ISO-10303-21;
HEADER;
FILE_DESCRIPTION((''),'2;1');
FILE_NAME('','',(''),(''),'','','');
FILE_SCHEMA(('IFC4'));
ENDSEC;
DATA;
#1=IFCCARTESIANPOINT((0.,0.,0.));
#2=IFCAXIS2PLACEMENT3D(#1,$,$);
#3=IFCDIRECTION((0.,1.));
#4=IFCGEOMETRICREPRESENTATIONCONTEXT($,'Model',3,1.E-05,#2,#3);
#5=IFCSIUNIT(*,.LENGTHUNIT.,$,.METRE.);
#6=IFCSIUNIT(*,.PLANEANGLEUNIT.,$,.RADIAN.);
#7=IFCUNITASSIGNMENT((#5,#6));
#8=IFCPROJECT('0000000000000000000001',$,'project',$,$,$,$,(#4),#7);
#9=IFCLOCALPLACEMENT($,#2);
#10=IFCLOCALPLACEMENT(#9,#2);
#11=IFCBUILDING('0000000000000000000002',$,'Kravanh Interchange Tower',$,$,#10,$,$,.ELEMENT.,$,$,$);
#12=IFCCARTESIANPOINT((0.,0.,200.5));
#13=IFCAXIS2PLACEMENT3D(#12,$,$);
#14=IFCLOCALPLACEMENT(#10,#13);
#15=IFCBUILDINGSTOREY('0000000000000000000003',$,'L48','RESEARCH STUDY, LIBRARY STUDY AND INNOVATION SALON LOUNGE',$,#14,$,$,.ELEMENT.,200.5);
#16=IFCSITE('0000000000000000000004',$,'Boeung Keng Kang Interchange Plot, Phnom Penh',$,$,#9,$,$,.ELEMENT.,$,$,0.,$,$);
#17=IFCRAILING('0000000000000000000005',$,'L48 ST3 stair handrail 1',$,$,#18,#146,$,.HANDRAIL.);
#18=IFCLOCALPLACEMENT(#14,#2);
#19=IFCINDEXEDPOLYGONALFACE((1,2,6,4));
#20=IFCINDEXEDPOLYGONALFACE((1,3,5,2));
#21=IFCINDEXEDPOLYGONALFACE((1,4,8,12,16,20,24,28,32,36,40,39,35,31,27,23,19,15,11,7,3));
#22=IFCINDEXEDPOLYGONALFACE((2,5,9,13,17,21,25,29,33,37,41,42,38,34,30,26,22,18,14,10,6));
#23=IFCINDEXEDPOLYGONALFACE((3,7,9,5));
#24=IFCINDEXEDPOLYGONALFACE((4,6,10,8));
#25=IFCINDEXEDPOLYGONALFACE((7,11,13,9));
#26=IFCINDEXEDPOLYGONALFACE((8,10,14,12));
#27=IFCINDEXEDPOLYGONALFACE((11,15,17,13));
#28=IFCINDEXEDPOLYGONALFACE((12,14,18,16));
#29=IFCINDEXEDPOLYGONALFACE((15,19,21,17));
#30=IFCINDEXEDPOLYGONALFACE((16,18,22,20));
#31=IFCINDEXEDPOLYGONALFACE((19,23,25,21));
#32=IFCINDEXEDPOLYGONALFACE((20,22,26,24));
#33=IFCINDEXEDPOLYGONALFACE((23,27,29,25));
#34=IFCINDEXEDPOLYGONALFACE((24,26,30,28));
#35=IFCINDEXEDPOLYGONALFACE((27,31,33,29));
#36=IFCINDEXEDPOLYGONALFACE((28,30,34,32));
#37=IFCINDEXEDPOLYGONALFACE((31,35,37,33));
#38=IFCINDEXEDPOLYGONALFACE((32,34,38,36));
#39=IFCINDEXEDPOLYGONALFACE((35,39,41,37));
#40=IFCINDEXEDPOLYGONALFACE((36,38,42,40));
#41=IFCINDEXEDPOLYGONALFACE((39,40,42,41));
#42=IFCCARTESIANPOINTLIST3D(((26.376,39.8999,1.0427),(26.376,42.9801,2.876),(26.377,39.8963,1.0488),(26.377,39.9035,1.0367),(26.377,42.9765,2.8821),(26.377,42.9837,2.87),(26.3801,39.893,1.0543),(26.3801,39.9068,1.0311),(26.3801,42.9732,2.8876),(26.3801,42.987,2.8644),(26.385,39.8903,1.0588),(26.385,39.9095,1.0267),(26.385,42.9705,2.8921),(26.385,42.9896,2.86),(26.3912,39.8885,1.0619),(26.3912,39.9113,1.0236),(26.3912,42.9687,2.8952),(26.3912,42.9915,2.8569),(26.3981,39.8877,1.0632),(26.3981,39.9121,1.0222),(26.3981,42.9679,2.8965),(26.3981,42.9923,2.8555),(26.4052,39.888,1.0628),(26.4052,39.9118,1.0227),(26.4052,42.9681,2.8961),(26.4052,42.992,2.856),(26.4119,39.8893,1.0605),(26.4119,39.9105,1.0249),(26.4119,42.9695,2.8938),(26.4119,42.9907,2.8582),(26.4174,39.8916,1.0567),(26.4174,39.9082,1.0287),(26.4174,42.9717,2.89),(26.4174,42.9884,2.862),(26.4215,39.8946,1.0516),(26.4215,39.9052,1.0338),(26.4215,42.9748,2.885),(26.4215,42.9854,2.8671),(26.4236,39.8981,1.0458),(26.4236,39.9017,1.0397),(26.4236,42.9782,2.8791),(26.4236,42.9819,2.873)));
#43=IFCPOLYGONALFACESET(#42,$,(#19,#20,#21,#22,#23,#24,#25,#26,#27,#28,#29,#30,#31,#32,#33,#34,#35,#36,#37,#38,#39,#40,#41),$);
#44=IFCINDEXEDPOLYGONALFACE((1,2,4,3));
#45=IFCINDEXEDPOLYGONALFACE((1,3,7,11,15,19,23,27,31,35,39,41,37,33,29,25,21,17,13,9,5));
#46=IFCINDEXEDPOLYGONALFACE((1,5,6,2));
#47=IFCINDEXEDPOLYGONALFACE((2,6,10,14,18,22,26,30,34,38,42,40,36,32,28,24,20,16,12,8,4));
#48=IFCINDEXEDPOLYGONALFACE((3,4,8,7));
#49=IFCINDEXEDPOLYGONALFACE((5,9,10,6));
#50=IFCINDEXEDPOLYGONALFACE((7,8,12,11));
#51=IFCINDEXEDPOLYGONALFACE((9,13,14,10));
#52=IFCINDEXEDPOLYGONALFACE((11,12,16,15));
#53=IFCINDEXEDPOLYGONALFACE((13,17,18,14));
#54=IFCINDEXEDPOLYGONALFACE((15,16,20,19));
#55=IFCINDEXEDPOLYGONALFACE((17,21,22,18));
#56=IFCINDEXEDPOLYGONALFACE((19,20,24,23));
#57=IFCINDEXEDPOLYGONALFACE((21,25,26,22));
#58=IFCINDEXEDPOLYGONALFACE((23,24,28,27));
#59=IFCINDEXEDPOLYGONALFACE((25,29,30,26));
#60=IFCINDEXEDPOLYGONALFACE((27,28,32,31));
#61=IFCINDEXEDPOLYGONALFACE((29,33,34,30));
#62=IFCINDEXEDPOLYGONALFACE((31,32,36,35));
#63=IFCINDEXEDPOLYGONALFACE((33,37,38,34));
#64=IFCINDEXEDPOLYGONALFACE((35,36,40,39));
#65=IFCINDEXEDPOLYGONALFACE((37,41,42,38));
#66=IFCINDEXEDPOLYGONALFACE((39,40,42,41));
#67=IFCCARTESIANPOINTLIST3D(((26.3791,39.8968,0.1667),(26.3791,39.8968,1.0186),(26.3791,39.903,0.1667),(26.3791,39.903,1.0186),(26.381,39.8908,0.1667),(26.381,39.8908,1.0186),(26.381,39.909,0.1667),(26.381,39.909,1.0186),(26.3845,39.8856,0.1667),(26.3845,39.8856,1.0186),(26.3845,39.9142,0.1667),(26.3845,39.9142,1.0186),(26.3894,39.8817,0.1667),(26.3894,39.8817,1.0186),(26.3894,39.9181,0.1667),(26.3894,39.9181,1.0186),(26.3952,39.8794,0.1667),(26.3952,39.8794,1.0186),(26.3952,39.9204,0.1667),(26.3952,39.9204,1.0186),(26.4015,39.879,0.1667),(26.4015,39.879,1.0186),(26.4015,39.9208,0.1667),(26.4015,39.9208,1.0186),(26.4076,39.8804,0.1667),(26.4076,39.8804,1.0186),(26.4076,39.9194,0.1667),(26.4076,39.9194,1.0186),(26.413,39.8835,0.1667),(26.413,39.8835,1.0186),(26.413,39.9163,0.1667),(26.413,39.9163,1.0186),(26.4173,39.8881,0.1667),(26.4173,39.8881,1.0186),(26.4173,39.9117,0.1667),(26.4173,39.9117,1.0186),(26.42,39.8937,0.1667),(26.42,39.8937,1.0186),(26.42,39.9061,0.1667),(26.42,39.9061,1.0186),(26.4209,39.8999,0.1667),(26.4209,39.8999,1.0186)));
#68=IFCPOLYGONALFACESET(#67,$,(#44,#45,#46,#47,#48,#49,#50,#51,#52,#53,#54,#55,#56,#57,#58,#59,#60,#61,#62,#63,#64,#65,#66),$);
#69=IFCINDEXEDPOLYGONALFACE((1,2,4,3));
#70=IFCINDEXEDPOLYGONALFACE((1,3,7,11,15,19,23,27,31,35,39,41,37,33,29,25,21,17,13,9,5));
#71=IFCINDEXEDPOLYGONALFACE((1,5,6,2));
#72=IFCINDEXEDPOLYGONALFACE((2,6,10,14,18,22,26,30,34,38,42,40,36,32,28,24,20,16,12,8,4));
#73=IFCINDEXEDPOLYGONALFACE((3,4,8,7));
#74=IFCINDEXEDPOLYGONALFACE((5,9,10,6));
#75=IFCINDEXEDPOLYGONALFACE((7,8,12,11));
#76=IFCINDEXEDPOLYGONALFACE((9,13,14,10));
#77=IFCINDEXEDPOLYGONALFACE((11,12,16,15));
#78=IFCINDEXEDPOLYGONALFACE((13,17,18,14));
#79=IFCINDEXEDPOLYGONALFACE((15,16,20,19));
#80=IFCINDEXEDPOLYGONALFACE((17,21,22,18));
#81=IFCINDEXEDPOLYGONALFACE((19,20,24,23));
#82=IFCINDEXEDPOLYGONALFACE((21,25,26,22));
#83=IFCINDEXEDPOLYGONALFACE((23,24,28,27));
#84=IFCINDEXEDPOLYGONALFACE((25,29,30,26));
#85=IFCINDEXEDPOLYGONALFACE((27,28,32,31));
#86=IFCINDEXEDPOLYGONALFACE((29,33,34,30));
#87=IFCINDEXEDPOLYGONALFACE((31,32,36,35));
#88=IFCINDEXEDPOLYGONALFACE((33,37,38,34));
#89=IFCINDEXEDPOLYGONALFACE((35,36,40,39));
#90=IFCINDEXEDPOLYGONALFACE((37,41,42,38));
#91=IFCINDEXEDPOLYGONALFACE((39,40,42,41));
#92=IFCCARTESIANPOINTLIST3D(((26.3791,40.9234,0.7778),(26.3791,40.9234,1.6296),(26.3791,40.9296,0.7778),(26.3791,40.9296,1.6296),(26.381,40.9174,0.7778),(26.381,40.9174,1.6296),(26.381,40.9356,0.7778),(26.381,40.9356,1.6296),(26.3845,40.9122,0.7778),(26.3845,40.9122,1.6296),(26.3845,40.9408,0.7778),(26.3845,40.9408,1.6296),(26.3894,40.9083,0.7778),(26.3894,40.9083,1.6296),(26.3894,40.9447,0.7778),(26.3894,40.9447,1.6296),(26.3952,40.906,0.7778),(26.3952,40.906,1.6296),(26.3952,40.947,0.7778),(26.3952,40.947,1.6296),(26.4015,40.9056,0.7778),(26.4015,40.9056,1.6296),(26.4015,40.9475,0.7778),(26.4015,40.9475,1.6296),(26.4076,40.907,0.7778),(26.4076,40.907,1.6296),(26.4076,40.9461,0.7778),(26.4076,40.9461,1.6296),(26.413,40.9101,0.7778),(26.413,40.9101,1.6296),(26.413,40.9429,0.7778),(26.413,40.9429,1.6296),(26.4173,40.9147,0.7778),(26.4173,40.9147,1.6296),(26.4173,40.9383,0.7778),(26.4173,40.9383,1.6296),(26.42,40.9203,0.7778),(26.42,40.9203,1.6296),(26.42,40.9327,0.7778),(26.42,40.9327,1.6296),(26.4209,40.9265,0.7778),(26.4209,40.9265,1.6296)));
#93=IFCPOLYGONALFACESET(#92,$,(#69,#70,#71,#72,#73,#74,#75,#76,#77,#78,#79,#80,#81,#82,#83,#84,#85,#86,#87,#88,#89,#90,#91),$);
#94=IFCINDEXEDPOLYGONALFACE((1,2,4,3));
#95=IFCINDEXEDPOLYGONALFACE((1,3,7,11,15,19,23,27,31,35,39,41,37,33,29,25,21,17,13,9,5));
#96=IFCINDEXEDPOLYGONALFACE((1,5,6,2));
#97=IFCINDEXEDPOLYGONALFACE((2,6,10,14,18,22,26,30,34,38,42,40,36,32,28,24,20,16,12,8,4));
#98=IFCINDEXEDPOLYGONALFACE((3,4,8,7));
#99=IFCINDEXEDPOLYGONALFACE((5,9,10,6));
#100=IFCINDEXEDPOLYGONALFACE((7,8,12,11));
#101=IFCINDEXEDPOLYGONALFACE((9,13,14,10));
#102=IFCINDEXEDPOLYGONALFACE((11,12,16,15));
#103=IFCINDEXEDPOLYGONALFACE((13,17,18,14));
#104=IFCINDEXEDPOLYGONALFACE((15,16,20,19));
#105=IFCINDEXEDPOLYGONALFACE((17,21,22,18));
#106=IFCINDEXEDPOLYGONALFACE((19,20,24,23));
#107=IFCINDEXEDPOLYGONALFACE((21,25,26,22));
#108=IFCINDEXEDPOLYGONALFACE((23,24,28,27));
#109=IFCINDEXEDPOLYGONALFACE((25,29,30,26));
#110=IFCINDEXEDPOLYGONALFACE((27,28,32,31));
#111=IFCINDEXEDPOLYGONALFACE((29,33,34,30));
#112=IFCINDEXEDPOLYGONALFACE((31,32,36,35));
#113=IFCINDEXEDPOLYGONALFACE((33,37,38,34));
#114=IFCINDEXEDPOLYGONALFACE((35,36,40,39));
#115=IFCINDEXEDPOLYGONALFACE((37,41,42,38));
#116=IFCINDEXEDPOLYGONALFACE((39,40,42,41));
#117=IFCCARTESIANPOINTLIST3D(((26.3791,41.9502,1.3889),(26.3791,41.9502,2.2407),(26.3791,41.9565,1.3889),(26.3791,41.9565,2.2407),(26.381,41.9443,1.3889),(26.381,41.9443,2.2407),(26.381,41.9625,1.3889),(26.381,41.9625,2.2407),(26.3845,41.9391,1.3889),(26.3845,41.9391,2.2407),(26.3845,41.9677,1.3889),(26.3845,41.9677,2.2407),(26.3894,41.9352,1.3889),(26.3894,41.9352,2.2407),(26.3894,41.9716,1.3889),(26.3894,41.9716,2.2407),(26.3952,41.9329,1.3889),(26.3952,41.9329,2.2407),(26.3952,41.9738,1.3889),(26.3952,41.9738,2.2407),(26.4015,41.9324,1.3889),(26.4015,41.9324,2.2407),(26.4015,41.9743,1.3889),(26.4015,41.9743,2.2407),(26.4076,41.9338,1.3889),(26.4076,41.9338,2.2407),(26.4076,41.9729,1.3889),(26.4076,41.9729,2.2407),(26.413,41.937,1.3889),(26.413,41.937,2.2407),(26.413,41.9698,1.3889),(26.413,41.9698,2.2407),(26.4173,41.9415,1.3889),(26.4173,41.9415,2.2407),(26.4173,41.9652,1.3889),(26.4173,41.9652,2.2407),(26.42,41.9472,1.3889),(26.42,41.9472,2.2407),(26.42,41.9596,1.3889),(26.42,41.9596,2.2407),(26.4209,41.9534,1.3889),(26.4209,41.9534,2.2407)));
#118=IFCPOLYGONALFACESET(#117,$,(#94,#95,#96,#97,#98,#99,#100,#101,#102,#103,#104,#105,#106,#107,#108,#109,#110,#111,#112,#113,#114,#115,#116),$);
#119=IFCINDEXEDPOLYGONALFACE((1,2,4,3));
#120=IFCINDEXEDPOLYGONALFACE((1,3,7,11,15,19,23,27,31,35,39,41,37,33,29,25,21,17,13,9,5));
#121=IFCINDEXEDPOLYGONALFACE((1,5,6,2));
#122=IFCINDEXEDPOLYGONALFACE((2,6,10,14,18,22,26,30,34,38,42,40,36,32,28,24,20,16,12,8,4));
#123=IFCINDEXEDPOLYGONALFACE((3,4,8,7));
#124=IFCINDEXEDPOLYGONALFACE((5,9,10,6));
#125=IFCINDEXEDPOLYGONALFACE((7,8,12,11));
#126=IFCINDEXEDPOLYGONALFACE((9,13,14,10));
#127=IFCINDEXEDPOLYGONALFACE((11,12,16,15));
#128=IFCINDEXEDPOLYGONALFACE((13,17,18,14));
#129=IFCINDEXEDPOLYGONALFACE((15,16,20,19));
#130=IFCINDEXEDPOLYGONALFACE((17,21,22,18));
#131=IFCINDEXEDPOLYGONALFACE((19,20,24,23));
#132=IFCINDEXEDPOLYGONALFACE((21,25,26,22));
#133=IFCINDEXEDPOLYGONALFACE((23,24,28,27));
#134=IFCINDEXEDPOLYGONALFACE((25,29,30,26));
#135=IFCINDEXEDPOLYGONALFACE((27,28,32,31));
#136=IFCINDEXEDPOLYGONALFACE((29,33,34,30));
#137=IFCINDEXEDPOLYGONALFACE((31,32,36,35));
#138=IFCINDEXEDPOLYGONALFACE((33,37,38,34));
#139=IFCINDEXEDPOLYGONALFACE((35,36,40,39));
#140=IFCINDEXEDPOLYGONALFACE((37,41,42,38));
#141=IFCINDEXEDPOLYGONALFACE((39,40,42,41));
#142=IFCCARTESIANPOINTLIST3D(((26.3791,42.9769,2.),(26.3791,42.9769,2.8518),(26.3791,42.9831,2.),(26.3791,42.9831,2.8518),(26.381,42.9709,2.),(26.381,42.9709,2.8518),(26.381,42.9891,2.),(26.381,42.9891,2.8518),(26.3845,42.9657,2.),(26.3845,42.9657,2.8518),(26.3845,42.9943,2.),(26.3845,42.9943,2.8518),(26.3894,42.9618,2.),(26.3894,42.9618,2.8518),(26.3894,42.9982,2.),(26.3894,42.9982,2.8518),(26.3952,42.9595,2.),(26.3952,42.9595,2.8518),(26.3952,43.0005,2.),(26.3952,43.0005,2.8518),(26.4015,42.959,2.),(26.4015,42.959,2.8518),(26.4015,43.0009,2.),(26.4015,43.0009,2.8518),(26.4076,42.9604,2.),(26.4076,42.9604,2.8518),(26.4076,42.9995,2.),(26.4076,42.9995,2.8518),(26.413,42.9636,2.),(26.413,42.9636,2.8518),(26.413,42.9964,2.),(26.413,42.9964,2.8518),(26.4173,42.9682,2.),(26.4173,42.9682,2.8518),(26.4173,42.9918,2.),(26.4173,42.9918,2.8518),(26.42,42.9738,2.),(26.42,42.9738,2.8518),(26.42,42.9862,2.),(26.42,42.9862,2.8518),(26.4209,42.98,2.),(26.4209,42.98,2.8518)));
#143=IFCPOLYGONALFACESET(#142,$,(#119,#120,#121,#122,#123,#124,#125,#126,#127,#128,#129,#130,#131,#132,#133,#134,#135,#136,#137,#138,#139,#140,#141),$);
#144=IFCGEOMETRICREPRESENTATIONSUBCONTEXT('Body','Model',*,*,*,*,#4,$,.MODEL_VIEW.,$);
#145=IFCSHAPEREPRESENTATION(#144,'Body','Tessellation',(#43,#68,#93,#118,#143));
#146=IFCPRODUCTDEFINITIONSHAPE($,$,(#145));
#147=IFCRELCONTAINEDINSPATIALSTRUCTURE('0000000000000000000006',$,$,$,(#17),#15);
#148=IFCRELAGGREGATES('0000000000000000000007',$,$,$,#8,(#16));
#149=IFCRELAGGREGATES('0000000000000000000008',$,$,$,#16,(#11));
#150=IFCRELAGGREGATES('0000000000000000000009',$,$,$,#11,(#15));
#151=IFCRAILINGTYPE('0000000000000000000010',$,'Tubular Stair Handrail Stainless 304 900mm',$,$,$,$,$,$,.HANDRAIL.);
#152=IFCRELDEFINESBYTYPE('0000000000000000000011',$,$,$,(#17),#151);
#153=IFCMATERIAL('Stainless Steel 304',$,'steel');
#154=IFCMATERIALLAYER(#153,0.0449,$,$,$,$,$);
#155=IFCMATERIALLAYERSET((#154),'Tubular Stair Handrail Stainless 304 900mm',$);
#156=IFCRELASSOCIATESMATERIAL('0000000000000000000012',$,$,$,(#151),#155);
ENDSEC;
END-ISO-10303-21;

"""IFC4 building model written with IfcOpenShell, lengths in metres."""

from ifc_helpers import new_model, si_unit, direction, frame, origin, origin_2d, place, context, subcontext, project, spatial, circle, extrude, material, layer, layer_set, type_object, element, save


model = new_model("IFC4")

# Units and contexts
model_context = context("Model", 3, precision=1e-05, world=origin(), true_north=direction((0.0, 1.0)))
body_context = subcontext(model_context, "Body", "Model", "MODEL_VIEW")
ifc_project = project(units=[si_unit("LENGTHUNIT", "METRE"), si_unit("PLANEANGLEUNIT", "RADIAN")], contexts=[model_context])

# Site, building, storey
site_placement = place(None, origin())
site = spatial("IfcSite", under=ifc_project, at=site_placement, Name="Boeung Keng Kang Interchange Plot, Phnom Penh", CompositionType="ELEMENT", RefElevation=0.0)
building_placement = place(site_placement, origin())
building = spatial("IfcBuilding", under=site, at=building_placement, Name="Kravanh Interchange Tower", CompositionType="ELEMENT")
storey_placement = place(building_placement, frame((0.0, 0.0, 200.5)))
storey = spatial("IfcBuildingStorey", under=building, at=storey_placement, Name="L48", Description="RESEARCH STUDY, LIBRARY STUDY AND INNOVATION SALON LOUNGE", CompositionType="ELEMENT", Elevation=200.5)

# Railing
ifc_material_1 = material(Name="Stainless Steel 304", Category="steel")
ifc_layer_1 = layer(ifc_material_1, 0.0449)
ifc_layer_set_1 = layer_set([ifc_layer_1], Name="Tubular Stair Handrail Stainless 304 900mm")
railing_type_1 = type_object("IfcRailingType", Name="Tubular Stair Handrail Stainless 304 900mm", PredefinedType="HANDRAIL", material=ifc_layer_set_1)
railing_1_placement = place(storey_placement, frame((26.3999, 39.8999, 0.1667)))
element("IfcRailing", 1, at=railing_1_placement, inside=storey, type_object=railing_type_1, Name="L48 ST3 stair handrail 1", PredefinedType="HANDRAIL", context=body_context, shape_type="SweptSolid", body=[
    extrude(circle(Radius=0.0239, at=origin_2d()), frame((0.0, 0.0, 0.876), z_axis=(0.0, 0.859309, 0.511458), x_axis=(-1.0, 0.0, 0.0)), (0.0, 0.0, 1.0), 3.5845),
    extrude(circle(Radius=0.021, at=origin_2d()), origin(), (0.0, 0.0, 1.0), 0.8518),
    extrude(circle(Radius=0.021, at=origin_2d()), frame((0.0, 1.0266, 0.6111)), (0.0, 0.0, 1.0), 0.8518),
    extrude(circle(Radius=0.021, at=origin_2d()), frame((0.0, 2.0535, 1.2222)), (0.0, 0.0, 1.0), 0.8518),
    extrude(circle(Radius=0.021, at=origin_2d()), frame((0.0, 3.0801, 1.8333)), (0.0, 0.0, 1.0), 0.8518),
])

save(model, "model.ifc")
